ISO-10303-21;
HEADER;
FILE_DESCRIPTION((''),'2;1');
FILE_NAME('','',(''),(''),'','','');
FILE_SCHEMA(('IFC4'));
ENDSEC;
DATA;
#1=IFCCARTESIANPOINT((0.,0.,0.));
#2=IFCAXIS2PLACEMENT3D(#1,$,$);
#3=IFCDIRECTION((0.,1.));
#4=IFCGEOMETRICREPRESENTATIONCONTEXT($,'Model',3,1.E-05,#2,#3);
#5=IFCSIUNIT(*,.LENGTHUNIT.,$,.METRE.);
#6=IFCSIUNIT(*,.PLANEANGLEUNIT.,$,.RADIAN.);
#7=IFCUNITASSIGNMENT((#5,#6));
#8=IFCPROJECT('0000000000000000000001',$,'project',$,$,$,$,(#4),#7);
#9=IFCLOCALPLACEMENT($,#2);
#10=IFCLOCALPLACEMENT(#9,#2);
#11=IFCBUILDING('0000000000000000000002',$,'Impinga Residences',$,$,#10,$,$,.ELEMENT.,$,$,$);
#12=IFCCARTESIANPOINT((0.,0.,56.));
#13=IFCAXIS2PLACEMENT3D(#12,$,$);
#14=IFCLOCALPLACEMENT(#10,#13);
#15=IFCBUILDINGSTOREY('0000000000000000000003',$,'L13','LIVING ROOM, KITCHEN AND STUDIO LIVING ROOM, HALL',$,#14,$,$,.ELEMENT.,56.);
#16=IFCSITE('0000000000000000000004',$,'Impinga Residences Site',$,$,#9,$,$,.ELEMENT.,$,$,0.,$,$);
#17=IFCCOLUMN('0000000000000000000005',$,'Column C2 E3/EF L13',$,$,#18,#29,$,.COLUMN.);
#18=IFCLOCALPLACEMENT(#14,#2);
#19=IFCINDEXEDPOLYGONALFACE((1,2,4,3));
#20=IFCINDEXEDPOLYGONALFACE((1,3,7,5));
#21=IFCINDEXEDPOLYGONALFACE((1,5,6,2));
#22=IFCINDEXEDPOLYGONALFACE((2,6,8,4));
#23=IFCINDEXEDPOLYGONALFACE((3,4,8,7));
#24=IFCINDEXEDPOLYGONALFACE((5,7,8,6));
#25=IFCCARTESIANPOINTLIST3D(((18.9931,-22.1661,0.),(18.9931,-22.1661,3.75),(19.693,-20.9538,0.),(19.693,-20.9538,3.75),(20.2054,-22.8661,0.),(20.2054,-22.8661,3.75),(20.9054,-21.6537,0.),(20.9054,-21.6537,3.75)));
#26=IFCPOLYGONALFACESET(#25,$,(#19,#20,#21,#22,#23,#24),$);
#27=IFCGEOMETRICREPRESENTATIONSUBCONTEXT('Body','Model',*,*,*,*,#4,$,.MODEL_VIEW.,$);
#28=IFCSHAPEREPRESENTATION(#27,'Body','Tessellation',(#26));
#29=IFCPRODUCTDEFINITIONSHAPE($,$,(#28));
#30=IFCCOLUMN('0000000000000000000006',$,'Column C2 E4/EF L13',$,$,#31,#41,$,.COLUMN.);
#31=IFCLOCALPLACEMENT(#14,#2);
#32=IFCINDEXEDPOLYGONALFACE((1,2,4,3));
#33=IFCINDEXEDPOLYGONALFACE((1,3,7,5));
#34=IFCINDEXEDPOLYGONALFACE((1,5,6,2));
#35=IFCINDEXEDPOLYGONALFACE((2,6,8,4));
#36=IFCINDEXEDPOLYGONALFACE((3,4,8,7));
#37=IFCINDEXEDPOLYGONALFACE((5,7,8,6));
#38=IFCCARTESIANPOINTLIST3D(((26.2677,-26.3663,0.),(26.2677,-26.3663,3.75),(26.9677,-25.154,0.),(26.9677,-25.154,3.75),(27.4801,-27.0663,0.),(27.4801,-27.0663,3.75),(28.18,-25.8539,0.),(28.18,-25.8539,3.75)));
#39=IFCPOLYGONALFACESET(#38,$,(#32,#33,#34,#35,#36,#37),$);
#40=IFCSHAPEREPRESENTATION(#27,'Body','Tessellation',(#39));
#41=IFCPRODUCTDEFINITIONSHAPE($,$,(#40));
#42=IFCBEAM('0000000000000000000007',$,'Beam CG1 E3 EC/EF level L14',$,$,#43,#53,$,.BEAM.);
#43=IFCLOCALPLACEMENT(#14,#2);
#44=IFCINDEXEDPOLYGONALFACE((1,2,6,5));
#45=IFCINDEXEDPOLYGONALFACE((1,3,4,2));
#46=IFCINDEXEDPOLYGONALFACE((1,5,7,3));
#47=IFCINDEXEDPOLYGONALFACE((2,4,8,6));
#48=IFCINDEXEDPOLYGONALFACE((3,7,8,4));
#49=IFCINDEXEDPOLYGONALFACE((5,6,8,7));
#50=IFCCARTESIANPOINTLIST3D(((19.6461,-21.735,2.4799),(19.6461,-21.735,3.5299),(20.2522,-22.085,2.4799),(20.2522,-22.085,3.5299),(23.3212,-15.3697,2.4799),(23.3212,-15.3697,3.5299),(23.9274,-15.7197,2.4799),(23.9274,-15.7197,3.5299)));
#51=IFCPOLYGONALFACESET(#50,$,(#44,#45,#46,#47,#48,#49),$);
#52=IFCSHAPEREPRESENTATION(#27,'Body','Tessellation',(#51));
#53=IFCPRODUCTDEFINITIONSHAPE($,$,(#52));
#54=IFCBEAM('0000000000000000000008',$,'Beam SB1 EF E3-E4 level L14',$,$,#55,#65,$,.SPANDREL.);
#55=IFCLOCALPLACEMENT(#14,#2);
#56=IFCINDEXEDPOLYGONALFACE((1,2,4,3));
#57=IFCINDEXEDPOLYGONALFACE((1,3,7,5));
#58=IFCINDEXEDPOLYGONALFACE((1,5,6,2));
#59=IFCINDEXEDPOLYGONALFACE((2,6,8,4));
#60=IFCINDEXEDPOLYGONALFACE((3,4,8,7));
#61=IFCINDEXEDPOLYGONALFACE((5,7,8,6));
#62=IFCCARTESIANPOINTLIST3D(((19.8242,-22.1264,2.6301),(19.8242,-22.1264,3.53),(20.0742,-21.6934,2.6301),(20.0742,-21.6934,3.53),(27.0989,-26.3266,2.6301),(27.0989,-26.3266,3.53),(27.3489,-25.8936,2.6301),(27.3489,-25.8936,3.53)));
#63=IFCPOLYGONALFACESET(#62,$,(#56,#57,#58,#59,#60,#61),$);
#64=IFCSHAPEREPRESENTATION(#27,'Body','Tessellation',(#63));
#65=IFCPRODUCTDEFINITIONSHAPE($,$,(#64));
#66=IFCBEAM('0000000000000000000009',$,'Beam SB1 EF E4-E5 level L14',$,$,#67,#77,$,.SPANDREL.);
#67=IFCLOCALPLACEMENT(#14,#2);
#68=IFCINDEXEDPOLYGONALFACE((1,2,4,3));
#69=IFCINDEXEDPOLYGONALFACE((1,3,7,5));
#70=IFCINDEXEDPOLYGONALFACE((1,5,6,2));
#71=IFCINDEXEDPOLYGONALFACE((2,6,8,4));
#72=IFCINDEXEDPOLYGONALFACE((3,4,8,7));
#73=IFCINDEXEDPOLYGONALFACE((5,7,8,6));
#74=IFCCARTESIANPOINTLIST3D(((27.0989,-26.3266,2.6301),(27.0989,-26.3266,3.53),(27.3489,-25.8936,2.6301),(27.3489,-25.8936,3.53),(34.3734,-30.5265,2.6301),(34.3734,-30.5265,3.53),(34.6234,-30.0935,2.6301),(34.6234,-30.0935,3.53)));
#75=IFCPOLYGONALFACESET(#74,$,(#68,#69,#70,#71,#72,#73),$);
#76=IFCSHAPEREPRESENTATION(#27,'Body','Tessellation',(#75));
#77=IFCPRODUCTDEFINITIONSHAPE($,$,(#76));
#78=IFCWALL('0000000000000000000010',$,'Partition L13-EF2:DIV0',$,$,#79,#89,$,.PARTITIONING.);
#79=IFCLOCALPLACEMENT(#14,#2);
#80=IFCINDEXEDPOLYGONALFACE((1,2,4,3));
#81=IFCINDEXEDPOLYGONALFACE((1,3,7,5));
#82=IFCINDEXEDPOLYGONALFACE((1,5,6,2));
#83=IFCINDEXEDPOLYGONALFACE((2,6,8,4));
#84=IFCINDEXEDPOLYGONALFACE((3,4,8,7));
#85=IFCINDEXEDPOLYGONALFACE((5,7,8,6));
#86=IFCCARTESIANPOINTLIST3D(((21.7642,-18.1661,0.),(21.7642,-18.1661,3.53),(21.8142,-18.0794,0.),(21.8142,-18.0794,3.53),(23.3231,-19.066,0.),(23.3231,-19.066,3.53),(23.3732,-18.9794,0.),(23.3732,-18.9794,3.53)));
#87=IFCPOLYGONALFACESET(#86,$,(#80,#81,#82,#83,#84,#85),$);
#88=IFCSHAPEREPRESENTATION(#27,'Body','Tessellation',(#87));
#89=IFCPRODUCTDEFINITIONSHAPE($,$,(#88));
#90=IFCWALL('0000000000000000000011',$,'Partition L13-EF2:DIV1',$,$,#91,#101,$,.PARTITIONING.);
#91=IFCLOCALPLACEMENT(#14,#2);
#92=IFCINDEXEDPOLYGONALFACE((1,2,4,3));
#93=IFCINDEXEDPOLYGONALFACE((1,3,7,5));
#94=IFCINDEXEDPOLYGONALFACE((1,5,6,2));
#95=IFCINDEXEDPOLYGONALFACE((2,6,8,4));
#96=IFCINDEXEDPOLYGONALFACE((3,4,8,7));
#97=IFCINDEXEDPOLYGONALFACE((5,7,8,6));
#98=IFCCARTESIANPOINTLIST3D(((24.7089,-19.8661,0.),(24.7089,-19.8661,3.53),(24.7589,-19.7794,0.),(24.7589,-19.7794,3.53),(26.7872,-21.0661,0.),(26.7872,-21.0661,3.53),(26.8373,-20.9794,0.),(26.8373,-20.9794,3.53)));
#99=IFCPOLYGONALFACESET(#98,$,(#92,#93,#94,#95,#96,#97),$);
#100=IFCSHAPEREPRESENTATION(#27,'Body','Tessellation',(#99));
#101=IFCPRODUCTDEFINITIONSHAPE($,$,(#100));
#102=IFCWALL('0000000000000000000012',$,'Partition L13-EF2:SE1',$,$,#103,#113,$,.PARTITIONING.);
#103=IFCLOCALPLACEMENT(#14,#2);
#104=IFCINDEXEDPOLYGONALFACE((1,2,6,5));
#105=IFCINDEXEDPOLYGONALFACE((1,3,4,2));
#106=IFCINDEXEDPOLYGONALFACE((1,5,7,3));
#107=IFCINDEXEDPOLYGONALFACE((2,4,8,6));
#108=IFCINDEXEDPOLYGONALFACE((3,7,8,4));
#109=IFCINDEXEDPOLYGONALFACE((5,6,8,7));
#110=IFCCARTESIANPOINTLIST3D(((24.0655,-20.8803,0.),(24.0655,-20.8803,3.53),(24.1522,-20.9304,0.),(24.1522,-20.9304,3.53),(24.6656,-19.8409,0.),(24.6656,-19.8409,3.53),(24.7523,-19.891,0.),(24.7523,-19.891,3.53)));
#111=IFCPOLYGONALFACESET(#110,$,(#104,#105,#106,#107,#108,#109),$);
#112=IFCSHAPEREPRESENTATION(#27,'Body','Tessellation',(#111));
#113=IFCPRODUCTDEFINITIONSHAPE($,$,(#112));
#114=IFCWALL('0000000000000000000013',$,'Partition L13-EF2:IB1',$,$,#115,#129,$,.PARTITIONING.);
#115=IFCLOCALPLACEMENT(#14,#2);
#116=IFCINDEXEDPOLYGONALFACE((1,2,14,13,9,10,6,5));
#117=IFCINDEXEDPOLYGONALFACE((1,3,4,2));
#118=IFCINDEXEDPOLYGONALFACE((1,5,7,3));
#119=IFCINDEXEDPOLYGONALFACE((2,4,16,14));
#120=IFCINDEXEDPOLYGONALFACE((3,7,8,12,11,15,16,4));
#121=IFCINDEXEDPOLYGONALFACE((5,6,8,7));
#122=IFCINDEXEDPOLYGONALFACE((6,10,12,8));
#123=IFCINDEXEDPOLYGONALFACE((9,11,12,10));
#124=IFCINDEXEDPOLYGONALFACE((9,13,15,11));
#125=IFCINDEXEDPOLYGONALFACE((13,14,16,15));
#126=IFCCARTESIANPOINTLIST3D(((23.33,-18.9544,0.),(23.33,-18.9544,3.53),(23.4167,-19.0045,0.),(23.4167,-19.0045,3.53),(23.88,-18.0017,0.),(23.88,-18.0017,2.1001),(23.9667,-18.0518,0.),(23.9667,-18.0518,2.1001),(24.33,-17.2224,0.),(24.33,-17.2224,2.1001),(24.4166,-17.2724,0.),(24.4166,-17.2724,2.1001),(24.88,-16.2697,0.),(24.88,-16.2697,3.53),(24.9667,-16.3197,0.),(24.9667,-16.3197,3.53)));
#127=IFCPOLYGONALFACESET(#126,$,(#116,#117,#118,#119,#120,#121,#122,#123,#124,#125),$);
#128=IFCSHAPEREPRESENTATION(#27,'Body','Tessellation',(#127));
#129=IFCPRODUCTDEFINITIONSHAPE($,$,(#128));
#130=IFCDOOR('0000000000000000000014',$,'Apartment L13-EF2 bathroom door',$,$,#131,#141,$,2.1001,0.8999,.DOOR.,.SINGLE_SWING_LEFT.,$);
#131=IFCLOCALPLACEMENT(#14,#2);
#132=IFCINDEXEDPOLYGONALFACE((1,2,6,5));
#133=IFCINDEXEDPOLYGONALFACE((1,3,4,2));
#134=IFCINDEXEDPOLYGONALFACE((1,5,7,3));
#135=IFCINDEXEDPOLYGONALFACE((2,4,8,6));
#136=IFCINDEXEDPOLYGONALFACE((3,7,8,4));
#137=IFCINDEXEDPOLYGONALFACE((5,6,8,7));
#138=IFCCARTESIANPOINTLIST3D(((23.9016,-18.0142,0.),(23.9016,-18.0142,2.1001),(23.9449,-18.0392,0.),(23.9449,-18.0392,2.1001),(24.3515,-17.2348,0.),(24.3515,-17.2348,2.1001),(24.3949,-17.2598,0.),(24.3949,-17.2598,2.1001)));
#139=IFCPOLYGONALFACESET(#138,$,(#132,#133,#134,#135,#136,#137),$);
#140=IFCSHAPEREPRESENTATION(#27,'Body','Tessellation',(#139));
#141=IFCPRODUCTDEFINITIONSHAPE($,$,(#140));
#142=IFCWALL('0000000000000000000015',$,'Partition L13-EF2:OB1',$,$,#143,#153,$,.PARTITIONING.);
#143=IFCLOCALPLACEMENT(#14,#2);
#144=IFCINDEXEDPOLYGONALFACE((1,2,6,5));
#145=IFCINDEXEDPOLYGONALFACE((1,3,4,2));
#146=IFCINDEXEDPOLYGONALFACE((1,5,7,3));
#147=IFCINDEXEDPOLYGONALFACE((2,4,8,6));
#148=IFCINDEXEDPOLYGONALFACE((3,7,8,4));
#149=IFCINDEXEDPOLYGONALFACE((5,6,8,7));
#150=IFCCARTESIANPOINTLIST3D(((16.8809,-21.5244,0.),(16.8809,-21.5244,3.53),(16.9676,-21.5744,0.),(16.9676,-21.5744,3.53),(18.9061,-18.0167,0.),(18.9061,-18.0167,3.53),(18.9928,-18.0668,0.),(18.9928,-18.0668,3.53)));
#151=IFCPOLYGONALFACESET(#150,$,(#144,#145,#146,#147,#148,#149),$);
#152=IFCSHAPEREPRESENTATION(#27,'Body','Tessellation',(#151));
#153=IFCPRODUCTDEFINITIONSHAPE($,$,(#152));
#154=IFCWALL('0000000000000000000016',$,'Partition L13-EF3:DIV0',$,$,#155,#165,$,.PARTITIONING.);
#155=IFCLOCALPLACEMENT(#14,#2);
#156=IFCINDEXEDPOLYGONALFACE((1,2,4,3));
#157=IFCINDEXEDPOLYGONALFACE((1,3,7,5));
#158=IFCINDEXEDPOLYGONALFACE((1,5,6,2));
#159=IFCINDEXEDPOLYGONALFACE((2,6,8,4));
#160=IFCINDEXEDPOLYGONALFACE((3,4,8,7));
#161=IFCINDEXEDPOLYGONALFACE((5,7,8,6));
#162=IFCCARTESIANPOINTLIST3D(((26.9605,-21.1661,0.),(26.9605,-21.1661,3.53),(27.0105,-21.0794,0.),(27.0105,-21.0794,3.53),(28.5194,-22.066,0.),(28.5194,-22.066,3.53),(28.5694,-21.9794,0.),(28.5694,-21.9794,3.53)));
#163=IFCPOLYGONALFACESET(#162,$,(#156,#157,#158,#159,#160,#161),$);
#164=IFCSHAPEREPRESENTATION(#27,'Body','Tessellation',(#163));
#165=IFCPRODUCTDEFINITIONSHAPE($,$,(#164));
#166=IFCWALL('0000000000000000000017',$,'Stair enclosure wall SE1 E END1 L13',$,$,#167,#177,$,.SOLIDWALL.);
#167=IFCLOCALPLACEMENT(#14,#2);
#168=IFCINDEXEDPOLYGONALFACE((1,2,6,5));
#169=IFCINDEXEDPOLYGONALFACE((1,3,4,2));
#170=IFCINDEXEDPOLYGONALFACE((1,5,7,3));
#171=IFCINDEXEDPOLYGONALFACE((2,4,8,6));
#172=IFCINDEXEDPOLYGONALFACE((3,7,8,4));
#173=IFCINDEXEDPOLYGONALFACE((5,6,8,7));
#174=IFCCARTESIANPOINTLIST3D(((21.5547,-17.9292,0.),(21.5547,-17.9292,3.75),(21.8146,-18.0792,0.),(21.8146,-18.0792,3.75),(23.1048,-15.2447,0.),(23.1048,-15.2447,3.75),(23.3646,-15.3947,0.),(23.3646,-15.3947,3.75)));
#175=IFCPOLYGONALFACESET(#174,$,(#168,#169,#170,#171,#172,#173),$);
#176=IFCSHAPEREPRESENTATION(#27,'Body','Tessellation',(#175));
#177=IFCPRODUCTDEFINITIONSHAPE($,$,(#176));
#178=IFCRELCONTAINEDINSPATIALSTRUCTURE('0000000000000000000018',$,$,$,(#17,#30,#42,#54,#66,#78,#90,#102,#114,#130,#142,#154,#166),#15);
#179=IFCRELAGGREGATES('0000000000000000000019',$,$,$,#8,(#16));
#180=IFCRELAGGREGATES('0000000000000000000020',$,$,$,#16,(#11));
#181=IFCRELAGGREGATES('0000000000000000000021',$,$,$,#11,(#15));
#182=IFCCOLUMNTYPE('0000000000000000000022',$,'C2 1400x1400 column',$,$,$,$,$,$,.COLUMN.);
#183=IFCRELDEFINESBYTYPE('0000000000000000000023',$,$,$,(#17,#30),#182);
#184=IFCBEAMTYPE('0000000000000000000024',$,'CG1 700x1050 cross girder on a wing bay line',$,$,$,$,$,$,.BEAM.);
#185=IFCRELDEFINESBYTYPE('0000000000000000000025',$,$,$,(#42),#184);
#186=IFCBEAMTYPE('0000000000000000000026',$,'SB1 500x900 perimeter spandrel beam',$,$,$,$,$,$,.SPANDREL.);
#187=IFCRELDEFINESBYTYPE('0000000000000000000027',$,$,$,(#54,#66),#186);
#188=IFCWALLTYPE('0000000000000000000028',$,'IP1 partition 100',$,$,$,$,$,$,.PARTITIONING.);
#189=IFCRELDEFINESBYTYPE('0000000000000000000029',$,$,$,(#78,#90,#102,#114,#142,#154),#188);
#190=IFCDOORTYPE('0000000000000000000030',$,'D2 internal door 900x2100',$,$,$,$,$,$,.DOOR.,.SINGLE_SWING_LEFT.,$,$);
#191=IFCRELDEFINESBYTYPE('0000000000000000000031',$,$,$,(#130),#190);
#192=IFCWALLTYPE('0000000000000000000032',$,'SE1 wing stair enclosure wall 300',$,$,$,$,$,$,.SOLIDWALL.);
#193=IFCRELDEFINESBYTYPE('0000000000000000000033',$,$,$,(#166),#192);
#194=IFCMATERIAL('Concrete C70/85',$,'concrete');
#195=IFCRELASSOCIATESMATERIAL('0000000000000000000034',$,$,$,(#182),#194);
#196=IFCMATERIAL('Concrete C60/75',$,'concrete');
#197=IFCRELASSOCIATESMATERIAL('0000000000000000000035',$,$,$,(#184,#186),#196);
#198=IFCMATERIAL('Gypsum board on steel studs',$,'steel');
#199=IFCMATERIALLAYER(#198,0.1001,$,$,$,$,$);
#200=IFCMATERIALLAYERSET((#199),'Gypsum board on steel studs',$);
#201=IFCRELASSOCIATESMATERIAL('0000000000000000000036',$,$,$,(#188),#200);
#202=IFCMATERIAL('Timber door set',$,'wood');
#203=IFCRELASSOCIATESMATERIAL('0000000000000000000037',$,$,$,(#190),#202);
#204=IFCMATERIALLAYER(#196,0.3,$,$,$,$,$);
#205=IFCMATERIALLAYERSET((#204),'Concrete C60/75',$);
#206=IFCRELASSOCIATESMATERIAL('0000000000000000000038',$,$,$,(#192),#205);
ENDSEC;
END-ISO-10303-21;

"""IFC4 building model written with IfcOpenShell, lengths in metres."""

from ifc_helpers import new_model, si_unit, direction, frame, frame_2d, origin, origin_2d, place, context, subcontext, project, spatial, rectangle, extrude, material, layer, layer_set, material_profile, profile_set, type_object, element, fill, save


model = new_model("IFC4")

# Units and contexts
model_context = context("Model", 3, precision=1e-05, world=origin(), true_north=direction((0.0, 1.0)))
body_context = subcontext(model_context, "Body", "Model", "MODEL_VIEW")
ifc_project = project(units=[si_unit("LENGTHUNIT", "METRE"), si_unit("PLANEANGLEUNIT", "RADIAN")], contexts=[model_context])

# Site, building, storey
site_placement = place(None, origin())
site = spatial("IfcSite", under=ifc_project, at=site_placement, Name="Impinga Residences Site", CompositionType="ELEMENT", RefElevation=0.0)
building_placement = place(site_placement, origin())
building = spatial("IfcBuilding", under=site, at=building_placement, Name="Impinga Residences", CompositionType="ELEMENT")
storey_placement = place(building_placement, frame((0.0, 0.0, 56.0)))
storey = spatial("IfcBuildingStorey", under=building, at=storey_placement, Name="L13", Description="LIVING ROOM, KITCHEN AND STUDIO LIVING ROOM, HALL", CompositionType="ELEMENT", Elevation=56.0)

# Columns
ifc_material_1 = material(Name="Concrete C70/85", Category="concrete")
ifc_material_profile_1 = material_profile(ifc_material_1, rectangle(XDim=1.3999, YDim=1.3999, at=origin_2d()), Name="RC 1400x1400")
ifc_profile_set_1 = profile_set([ifc_material_profile_1], Name="Concrete C70/85")
column_type = type_object("IfcColumnType", Name="C2 1400x1400 column", PredefinedType="COLUMN", material=ifc_profile_set_1)
for number, where, z_axis, x_axis, name in (
    (1, (19.9492, -21.9099, 0.0), (0.0, 0.0, 1.0), (-0.5, -0.866025, 0.0), "Column C2 E3/EF L13"),
    (2, (27.2239, -26.1101, 0.0), (0.0, 0.0, 1.0), (-0.5, -0.866025, 0.0), "Column C2 E4/EF L13"),
):
    element("IfcColumn", number, at=place(storey_placement, frame(where, z_axis=z_axis, x_axis=x_axis)), inside=storey, type_object=column_type, Name=name, PredefinedType="COLUMN", context=body_context, shape_type="SweptSolid", body=[
        extrude(rectangle(XDim=1.3999, YDim=1.3999, at=origin_2d()), origin(), (0.0, 0.0, 1.0), 3.75),
    ])

# Beams
ifc_material_2 = material(Name="Concrete C60/75", Category="concrete")
ifc_material_profile_2 = material_profile(ifc_material_2, rectangle(XDim=0.7, YDim=1.05, at=origin_2d()), Name="RC 700x1050")
ifc_profile_set_2 = profile_set([ifc_material_profile_2], Name="Concrete C60/75")
beam_type_1 = type_object("IfcBeamType", Name="CG1 700x1050 cross girder on a wing bay line", PredefinedType="BEAM", material=ifc_profile_set_2)
beam_1_placement = place(storey_placement, frame((23.6243, -15.5447, 3.0049), z_axis=(-0.500008, -0.866021, 0.0), x_axis=(0.866021, -0.500008, 0.0)))
element("IfcBeam", 3, at=beam_1_placement, inside=storey, type_object=beam_type_1, Name="Beam CG1 E3 EC/EF level L14", PredefinedType="BEAM", context=body_context, shape_type="SweptSolid", body=[
    extrude(rectangle(XDim=0.7, YDim=1.05, at=origin_2d()), origin(), (0.0, 0.0, 1.0), 7.3501),
])
ifc_material_profile_3 = material_profile(ifc_material_2, rectangle(XDim=0.5, YDim=0.8999, at=origin_2d()), Name="RC 500x900")
ifc_profile_set_3 = profile_set([ifc_material_profile_3], Name="Concrete C60/75")
beam_type_2 = type_object("IfcBeamType", Name="SB1 500x900 perimeter spandrel beam", PredefinedType="SPANDREL", material=ifc_profile_set_3)
beam_2_placement = place(storey_placement, frame((19.9492, -21.9099, 3.0801), z_axis=(0.866017, -0.500015, 0.0), x_axis=(0.500015, 0.866017, 0.0)))
element("IfcBeam", 4, at=beam_2_placement, inside=storey, type_object=beam_type_2, Name="Beam SB1 EF E3-E4 level L14", PredefinedType="SPANDREL", context=body_context, shape_type="SweptSolid", body=[
    extrude(rectangle(XDim=0.5, YDim=0.8999, at=origin_2d()), origin(), (0.0, 0.0, 1.0), 8.4001),
])
beam_3_placement = place(storey_placement, frame((27.2239, -26.1101, 3.0801), z_axis=(0.866029, -0.499993, 0.0), x_axis=(0.499993, 0.866029, 0.0)))
element("IfcBeam", 5, at=beam_3_placement, inside=storey, type_object=beam_type_2, Name="Beam SB1 EF E4-E5 level L14", PredefinedType="SPANDREL", context=body_context, shape_type="SweptSolid", body=[
    extrude(rectangle(XDim=0.5, YDim=0.8999, at=origin_2d()), origin(), (0.0, 0.0, 1.0), 8.3999),
])

# Walls
ifc_material_3 = material(Name="Gypsum board on steel studs", Category="steel")
ifc_layer_1 = layer(ifc_material_3, 0.1001)
ifc_layer_set_1 = layer_set([ifc_layer_1], Name="Gypsum board on steel studs")
wall_type_1 = type_object("IfcWallType", Name="IP1 partition 100", PredefinedType="PARTITIONING", material=ifc_layer_set_1)
wall_1_placement = place(storey_placement, frame((21.7893, -18.1228, 0.0), z_axis=(0.0, 0.0, 1.0), x_axis=(0.866048, -0.499961, 0.0)))
element("IfcWall", 6, at=wall_1_placement, inside=storey, type_object=wall_type_1, Name="Partition L13-EF2:DIV0", PredefinedType="PARTITIONING", context=body_context, shape_type="SweptSolid", body=[
    extrude(rectangle(XDim=1.8, YDim=0.1001, at=frame_2d((0.8999, 0.0))), origin(), (0.0, 0.0, 1.0), 3.53),
])
wall_2_placement = place(storey_placement, frame((24.7339, -19.8228, 0.0), z_axis=(0.0, 0.0, 1.0), x_axis=(0.866025, -0.500001, 0.0)))
element("IfcWall", 7, at=wall_2_placement, inside=storey, type_object=wall_type_1, Name="Partition L13-EF2:DIV1", PredefinedType="PARTITIONING", context=body_context, shape_type="SweptSolid", body=[
    extrude(rectangle(XDim=2.3999, YDim=0.1001, at=frame_2d((1.2, 0.0))), origin(), (0.0, 0.0, 1.0), 3.53),
])
wall_3_placement = place(storey_placement, frame((24.709, -19.866, 0.0), z_axis=(0.0, 0.0, 1.0), x_axis=(-0.500034, -0.866006, 0.0)))
element("IfcWall", 8, at=wall_3_placement, inside=storey, type_object=wall_type_1, Name="Partition L13-EF2:SE1", PredefinedType="PARTITIONING", context=body_context, shape_type="SweptSolid", body=[
    extrude(rectangle(XDim=1.2002, YDim=0.1001, at=frame_2d((0.6001, 0.0))), origin(), (0.0, 0.0, 1.0), 3.53),
])

# Wall, opening, door
wall_4_placement = place(storey_placement, frame((24.9233, -16.2947, 0.0), z_axis=(0.0, 0.0, 1.0), x_axis=(-0.499993, -0.86603, 0.0)))
wall_4 = element("IfcWall", 9, at=wall_4_placement, inside=storey, type_object=wall_type_1, Name="Partition L13-EF2:IB1", PredefinedType="PARTITIONING", context=body_context, shape_type="SweptSolid", body=[
    extrude(rectangle(XDim=3.1001, YDim=0.1001, at=frame_2d((1.55, 0.0))), origin(), (0.0, 0.0, 1.0), 3.53),
])
opening_placement = place(wall_4_placement, frame((1.1001, 0.0, 0.0)))
opening = element("IfcOpeningElement", 10, at=opening_placement, cuts=wall_4, PredefinedType="OPENING", context=body_context, shape_type="SweptSolid", body=[
    extrude(rectangle(XDim=0.8999, YDim=2.1001, at=frame_2d((0.45, 1.05))), frame((0.0, 0.0601, 0.0), z_axis=(0.0, -1.0, 0.0), x_axis=(1.0, 0.0, 0.0)), (0.0, 0.0, 1.0), 0.1201),
])
ifc_material_4 = material(Name="Timber door set", Category="wood")
door_type = type_object("IfcDoorType", Name="D2 internal door 900x2100", OperationType="SINGLE_SWING_LEFT", PredefinedType="DOOR", material=ifc_material_4)
door_placement = place(opening_placement, origin())
door = element("IfcDoor", 11, at=door_placement, inside=storey, type_object=door_type, Name="Apartment L13-EF2 bathroom door", OperationType="SINGLE_SWING_LEFT", OverallHeight=2.1001, OverallWidth=0.8999, PredefinedType="DOOR", context=body_context, shape_type="SweptSolid", body=[
    extrude(rectangle(XDim=0.8999, YDim=2.1001, at=frame_2d((0.45, 1.05))), frame((0.0, 0.0249, 0.0), z_axis=(0.0, -1.0, 0.0), x_axis=(1.0, 0.0, 0.0)), (0.0, 0.0, 1.0), 0.05),
])
fill(opening, door)

# Walls
wall_5_placement = place(storey_placement, frame((18.9495, -18.0417, 0.0), z_axis=(0.0, 0.0, 1.0), x_axis=(-0.500009, -0.86602, 0.0)))
element("IfcWall", 12, at=wall_5_placement, inside=storey, type_object=wall_type_1, Name="Partition L13-EF2:OB1", PredefinedType="PARTITIONING", context=body_context, shape_type="SweptSolid", body=[
    extrude(rectangle(XDim=4.0503, YDim=0.1001, at=frame_2d((2.0251, 0.0))), origin(), (0.0, 0.0, 1.0), 3.53),
])
wall_6_placement = place(storey_placement, frame((26.9856, -21.1228, 0.0), z_axis=(0.0, 0.0, 1.0), x_axis=(0.866048, -0.499961, 0.0)))
element("IfcWall", 13, at=wall_6_placement, inside=storey, type_object=wall_type_1, Name="Partition L13-EF3:DIV0", PredefinedType="PARTITIONING", context=body_context, shape_type="SweptSolid", body=[
    extrude(rectangle(XDim=1.8, YDim=0.1001, at=frame_2d((0.8999, 0.0))), origin(), (0.0, 0.0, 1.0), 3.53),
])
ifc_layer_2 = layer(ifc_material_2, 0.3)
ifc_layer_set_2 = layer_set([ifc_layer_2], Name="Concrete C60/75")
wall_type_2 = type_object("IfcWallType", Name="SE1 wing stair enclosure wall 300", PredefinedType="SOLIDWALL", material=ifc_layer_set_2)
wall_7_placement = place(storey_placement, frame((23.2346, -15.3198, 0.0), z_axis=(0.0, 0.0, 1.0), x_axis=(-0.500027, -0.86601, 0.0)))
element("IfcWall", 14, at=wall_7_placement, inside=storey, type_object=wall_type_2, Name="Stair enclosure wall SE1 E END1 L13", PredefinedType="SOLIDWALL", context=body_context, shape_type="SweptSolid", body=[
    extrude(rectangle(XDim=3.0999, YDim=0.3, at=frame_2d((1.5498, 0.0))), origin(), (0.0, 0.0, 1.0), 3.75),
])

save(model, "model.ifc")
